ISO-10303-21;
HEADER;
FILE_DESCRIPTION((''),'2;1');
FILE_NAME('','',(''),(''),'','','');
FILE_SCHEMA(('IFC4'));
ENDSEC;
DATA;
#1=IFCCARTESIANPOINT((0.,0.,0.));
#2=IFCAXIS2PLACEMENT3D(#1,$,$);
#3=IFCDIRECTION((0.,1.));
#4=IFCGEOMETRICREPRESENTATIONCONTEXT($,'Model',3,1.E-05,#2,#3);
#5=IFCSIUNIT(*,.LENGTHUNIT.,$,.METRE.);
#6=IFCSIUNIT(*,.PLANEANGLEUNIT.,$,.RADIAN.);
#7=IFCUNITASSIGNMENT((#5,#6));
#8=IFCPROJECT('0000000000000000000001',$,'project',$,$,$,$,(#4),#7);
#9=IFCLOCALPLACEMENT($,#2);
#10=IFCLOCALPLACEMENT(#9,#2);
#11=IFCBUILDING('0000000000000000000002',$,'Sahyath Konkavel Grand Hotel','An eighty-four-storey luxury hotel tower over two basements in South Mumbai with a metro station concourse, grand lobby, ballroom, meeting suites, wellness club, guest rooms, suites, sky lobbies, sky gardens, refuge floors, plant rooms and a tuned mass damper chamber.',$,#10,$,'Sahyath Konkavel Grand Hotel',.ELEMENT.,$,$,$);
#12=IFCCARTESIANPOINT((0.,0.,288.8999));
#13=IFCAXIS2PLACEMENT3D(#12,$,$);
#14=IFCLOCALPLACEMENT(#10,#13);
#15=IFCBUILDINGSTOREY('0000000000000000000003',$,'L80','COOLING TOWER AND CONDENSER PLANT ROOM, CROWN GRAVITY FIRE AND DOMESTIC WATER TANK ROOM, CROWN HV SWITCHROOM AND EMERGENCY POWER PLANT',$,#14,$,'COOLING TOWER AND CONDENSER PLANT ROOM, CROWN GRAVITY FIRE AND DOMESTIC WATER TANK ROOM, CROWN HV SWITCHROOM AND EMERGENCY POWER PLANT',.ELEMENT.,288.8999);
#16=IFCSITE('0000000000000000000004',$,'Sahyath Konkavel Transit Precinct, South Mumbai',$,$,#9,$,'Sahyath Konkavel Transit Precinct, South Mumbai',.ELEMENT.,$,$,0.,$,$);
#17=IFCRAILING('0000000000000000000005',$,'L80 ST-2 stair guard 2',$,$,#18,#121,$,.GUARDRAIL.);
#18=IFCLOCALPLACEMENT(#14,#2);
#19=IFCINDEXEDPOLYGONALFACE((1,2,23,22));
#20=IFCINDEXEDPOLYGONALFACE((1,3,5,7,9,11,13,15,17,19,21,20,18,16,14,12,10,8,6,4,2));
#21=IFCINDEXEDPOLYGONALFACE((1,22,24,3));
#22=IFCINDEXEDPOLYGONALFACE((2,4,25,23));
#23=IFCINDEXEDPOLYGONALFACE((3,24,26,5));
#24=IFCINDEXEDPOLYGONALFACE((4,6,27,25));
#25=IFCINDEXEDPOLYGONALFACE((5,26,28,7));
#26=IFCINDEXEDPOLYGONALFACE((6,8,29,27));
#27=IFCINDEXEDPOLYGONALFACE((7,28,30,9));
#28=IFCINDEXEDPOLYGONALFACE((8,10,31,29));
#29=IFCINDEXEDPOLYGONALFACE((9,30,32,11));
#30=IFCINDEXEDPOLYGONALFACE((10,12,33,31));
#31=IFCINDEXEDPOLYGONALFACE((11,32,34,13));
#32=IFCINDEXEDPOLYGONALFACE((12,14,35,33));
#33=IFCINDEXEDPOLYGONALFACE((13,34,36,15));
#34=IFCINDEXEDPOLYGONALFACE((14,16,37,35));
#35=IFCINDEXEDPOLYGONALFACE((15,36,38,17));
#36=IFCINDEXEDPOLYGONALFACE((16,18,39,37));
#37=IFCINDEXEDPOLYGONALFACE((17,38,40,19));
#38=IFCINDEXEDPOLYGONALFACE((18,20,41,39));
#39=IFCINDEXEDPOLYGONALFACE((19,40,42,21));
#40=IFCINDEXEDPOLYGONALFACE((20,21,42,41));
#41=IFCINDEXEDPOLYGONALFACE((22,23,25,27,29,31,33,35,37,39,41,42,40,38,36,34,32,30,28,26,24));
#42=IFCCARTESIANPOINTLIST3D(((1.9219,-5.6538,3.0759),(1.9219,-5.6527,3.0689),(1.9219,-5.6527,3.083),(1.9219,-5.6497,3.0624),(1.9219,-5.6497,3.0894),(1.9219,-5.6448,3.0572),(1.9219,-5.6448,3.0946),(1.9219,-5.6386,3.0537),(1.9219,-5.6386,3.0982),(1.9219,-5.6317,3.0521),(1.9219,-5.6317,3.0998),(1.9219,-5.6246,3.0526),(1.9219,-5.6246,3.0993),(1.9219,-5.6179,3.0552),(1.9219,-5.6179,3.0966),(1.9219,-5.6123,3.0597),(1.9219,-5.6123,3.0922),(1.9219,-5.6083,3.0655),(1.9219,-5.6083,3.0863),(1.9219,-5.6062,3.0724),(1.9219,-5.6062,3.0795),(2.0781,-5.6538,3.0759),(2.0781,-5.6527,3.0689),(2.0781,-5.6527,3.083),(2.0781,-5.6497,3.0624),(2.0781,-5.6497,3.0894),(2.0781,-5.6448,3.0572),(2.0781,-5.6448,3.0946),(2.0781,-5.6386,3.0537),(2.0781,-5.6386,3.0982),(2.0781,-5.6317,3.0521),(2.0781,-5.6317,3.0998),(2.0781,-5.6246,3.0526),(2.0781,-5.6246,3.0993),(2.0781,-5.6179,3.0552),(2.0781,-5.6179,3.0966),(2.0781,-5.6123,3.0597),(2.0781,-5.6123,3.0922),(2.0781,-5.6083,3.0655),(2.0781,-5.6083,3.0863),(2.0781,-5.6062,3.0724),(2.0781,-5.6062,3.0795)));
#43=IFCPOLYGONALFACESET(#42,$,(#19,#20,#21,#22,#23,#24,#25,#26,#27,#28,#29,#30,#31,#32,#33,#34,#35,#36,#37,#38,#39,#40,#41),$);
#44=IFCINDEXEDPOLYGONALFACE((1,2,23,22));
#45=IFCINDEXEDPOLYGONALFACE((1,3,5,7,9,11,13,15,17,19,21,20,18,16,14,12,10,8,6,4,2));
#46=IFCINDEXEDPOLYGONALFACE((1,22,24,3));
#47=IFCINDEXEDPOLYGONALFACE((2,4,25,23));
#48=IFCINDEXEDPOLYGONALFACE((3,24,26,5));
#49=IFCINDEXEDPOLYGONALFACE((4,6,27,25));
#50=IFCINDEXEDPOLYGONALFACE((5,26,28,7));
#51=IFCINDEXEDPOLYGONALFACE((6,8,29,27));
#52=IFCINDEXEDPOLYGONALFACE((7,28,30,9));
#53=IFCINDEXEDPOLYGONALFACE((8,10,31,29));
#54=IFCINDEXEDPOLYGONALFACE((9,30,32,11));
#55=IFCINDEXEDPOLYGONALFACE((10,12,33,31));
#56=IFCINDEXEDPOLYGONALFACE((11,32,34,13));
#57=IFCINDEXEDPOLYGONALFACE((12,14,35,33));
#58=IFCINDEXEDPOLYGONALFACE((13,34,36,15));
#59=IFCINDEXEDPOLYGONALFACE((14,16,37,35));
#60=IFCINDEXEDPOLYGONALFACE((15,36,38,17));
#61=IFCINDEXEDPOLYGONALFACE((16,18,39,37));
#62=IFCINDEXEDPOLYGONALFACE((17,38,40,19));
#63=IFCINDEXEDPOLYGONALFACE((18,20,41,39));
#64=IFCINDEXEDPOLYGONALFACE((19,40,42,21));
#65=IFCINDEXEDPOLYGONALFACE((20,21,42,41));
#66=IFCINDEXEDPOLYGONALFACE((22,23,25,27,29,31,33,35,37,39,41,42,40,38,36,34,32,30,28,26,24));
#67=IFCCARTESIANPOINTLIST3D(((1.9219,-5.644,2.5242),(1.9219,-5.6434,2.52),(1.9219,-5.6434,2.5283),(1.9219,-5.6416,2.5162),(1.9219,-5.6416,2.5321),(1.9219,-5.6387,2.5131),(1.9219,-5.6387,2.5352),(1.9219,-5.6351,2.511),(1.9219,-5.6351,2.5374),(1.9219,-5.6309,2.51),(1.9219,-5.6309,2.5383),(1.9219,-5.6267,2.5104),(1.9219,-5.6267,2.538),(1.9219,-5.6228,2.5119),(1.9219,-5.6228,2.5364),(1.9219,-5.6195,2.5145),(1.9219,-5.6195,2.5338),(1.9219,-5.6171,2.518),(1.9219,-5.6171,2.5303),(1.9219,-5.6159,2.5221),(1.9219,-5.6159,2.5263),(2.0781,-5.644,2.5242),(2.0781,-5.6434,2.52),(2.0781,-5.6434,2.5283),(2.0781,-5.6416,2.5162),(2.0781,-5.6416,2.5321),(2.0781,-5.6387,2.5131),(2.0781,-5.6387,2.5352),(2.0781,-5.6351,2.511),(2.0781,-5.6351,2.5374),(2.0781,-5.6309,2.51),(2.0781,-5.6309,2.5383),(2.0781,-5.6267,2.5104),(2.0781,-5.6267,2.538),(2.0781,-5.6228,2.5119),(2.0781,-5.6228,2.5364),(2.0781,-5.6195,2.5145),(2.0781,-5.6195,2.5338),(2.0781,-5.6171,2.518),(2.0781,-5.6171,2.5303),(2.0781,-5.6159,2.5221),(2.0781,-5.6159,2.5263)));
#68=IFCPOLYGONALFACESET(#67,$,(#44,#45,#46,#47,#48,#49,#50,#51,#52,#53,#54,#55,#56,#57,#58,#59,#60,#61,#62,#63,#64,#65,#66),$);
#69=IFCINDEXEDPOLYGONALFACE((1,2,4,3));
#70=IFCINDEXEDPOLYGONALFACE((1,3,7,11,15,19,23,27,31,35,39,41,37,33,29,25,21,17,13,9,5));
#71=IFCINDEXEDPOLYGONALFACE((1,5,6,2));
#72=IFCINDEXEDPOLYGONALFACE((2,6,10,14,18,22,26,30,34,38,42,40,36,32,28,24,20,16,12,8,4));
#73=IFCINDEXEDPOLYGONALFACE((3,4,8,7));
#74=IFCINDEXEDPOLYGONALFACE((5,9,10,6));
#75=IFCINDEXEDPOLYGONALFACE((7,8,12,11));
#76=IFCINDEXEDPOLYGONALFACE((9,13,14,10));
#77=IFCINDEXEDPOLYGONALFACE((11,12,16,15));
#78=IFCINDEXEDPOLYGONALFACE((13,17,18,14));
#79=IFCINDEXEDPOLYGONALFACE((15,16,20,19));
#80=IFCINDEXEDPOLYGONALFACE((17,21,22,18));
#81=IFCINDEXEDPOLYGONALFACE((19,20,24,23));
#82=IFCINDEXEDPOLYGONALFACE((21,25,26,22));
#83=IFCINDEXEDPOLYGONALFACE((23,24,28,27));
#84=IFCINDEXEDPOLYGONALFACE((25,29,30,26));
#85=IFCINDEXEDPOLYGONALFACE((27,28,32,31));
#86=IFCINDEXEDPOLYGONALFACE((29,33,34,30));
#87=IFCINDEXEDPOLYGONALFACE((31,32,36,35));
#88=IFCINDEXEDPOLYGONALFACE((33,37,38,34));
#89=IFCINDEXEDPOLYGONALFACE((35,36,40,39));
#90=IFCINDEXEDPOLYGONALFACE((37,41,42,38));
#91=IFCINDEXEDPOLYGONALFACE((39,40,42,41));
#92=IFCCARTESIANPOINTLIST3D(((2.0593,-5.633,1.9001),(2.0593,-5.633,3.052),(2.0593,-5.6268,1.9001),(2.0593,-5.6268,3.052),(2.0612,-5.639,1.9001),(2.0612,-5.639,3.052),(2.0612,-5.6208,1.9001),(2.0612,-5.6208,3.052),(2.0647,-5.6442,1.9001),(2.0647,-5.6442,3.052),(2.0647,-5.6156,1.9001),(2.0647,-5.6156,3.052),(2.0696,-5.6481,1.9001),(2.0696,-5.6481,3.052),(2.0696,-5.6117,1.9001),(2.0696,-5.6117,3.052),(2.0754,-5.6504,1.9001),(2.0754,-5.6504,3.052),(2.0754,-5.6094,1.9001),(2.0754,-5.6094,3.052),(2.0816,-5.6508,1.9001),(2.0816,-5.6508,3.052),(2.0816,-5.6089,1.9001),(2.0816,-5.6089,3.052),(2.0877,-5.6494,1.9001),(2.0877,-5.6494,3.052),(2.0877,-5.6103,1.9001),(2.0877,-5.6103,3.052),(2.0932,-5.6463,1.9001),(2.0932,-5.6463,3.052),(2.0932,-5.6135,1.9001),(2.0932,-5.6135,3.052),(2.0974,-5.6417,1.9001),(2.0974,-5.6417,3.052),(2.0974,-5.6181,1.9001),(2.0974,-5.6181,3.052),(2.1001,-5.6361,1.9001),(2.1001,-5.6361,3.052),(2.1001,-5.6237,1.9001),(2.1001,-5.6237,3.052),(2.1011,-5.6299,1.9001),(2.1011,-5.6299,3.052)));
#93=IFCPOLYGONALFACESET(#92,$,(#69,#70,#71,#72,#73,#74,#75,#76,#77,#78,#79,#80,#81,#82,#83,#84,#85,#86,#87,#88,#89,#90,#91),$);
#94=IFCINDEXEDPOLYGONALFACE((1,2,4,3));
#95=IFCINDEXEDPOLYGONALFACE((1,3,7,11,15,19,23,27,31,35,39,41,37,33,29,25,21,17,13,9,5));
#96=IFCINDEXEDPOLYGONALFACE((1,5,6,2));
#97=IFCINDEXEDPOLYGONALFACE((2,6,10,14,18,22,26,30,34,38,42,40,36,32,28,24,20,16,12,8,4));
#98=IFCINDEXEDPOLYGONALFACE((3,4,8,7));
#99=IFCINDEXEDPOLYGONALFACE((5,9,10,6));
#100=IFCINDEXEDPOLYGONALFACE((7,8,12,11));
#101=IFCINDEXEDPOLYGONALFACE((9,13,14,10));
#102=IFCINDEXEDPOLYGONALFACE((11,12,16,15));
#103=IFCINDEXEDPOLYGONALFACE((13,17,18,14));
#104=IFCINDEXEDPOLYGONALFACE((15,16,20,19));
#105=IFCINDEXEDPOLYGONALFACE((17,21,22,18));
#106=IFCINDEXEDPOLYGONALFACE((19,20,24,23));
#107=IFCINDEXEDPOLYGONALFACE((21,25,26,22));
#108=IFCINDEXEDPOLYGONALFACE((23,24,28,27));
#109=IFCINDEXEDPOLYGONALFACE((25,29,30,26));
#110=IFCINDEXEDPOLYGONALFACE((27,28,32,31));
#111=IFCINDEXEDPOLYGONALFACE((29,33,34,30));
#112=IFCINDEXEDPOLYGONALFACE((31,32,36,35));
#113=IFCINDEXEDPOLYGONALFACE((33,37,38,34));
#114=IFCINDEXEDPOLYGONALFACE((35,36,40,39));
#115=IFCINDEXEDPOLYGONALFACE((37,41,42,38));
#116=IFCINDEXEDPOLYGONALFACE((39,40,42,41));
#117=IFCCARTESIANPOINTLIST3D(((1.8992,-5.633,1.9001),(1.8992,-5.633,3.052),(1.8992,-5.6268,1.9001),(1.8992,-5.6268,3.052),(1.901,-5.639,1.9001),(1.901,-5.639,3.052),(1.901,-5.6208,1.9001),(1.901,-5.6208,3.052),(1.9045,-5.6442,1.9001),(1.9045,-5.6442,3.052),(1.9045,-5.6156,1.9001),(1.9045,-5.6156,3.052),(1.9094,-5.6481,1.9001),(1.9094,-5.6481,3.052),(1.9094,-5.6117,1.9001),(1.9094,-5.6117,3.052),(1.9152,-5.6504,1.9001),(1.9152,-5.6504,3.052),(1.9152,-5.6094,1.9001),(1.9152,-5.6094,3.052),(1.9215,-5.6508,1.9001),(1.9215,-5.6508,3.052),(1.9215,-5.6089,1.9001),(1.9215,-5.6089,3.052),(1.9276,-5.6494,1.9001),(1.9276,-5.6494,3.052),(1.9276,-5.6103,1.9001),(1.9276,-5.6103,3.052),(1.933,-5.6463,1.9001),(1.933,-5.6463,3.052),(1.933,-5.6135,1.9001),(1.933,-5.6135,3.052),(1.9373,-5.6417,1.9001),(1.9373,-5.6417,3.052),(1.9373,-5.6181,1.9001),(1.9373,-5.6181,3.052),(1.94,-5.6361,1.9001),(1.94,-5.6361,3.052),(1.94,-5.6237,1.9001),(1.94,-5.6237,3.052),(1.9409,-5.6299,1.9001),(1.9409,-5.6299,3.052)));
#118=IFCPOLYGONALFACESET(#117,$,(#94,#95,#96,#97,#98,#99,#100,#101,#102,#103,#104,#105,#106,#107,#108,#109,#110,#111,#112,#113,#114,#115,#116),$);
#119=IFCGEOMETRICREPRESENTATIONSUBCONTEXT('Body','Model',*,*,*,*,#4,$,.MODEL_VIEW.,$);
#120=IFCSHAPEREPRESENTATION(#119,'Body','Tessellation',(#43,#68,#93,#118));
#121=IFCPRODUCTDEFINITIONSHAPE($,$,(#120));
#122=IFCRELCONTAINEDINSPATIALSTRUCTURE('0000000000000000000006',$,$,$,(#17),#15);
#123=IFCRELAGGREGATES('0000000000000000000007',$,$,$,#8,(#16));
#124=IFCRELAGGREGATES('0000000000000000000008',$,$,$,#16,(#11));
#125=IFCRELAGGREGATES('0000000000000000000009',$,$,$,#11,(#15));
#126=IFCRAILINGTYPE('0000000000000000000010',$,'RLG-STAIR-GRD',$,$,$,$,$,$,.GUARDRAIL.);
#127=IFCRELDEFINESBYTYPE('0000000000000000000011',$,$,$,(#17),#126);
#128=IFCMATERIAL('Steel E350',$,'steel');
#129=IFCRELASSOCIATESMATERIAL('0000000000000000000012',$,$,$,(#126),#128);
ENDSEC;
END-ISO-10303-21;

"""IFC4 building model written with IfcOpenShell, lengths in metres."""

from ifc_helpers import new_model, si_unit, direction, frame, origin, origin_2d, place, context, subcontext, project, spatial, circle, extrude, material, type_object, element, save


model = new_model("IFC4")

# Units and contexts
model_context = context("Model", 3, precision=1e-05, world=origin(), true_north=direction((0.0, 1.0)))
body_context = subcontext(model_context, "Body", "Model", "MODEL_VIEW")
ifc_project = project(units=[si_unit("LENGTHUNIT", "METRE"), si_unit("PLANEANGLEUNIT", "RADIAN")], contexts=[model_context])

# Site, building, storey
site_placement = place(None, origin())
site = spatial("IfcSite", under=ifc_project, at=site_placement, Name="Sahyath Konkavel Transit Precinct, South Mumbai", LongName="Sahyath Konkavel Transit Precinct, South Mumbai", CompositionType="ELEMENT", RefElevation=0.0)
building_placement = place(site_placement, origin())
building = spatial("IfcBuilding", under=site, at=building_placement, Name="Sahyath Konkavel Grand Hotel", Description="An eighty-four-storey luxury hotel tower over two basements in South Mumbai with a metro station concourse, grand lobby, ballroom, meeting suites, wellness club, guest rooms, suites, sky lobbies, sky gardens, refuge floors, plant rooms and a tuned mass damper chamber.", LongName="Sahyath Konkavel Grand Hotel", CompositionType="ELEMENT")
storey_placement = place(building_placement, frame((0.0, 0.0, 288.8999)))
storey = spatial("IfcBuildingStorey", under=building, at=storey_placement, Name="L80", Description="COOLING TOWER AND CONDENSER PLANT ROOM, CROWN GRAVITY FIRE AND DOMESTIC WATER TANK ROOM, CROWN HV SWITCHROOM AND EMERGENCY POWER PLANT", LongName="COOLING TOWER AND CONDENSER PLANT ROOM, CROWN GRAVITY FIRE AND DOMESTIC WATER TANK ROOM, CROWN HV SWITCHROOM AND EMERGENCY POWER PLANT", CompositionType="ELEMENT", Elevation=288.8999)

# Shared definitions
ifc_material_1 = material(Name="Steel E350", Category="steel")

# Railing
railing_type_1 = type_object("IfcRailingType", Name="RLG-STAIR-GRD", PredefinedType="GUARDRAIL", material=ifc_material_1)
railing_1_placement = place(storey_placement, frame((2.0801, -5.6299, 1.9001)))
element("IfcRailing", 1, at=railing_1_placement, inside=storey, type_object=railing_type_1, Name="L80 ST-2 stair guard 2", PredefinedType="GUARDRAIL", context=body_context, shape_type="SweptSolid", body=[
    extrude(circle(Radius=0.0239, at=origin_2d()), frame((-0.002, 0.0, 1.1758), z_axis=(-1.0, 0.0, 0.0), x_axis=(0.0, -1.0, 0.0)), (0.0, 0.0, 1.0), 0.1562),
    extrude(circle(Radius=0.0142, at=origin_2d()), frame((-0.002, 0.0, 0.624), z_axis=(-1.0, 0.0, 0.0), x_axis=(0.0, -1.0, 0.0)), (0.0, 0.0, 1.0), 0.1562),
    extrude(circle(Radius=0.021, at=origin_2d()), origin(), (0.0, 0.0, 1.0), 1.1519),
    extrude(circle(Radius=0.021, at=origin_2d()), frame((-0.1602, 0.0, 0.0)), (0.0, 0.0, 1.0), 1.1519),
])

save(model, "model.ifc")
